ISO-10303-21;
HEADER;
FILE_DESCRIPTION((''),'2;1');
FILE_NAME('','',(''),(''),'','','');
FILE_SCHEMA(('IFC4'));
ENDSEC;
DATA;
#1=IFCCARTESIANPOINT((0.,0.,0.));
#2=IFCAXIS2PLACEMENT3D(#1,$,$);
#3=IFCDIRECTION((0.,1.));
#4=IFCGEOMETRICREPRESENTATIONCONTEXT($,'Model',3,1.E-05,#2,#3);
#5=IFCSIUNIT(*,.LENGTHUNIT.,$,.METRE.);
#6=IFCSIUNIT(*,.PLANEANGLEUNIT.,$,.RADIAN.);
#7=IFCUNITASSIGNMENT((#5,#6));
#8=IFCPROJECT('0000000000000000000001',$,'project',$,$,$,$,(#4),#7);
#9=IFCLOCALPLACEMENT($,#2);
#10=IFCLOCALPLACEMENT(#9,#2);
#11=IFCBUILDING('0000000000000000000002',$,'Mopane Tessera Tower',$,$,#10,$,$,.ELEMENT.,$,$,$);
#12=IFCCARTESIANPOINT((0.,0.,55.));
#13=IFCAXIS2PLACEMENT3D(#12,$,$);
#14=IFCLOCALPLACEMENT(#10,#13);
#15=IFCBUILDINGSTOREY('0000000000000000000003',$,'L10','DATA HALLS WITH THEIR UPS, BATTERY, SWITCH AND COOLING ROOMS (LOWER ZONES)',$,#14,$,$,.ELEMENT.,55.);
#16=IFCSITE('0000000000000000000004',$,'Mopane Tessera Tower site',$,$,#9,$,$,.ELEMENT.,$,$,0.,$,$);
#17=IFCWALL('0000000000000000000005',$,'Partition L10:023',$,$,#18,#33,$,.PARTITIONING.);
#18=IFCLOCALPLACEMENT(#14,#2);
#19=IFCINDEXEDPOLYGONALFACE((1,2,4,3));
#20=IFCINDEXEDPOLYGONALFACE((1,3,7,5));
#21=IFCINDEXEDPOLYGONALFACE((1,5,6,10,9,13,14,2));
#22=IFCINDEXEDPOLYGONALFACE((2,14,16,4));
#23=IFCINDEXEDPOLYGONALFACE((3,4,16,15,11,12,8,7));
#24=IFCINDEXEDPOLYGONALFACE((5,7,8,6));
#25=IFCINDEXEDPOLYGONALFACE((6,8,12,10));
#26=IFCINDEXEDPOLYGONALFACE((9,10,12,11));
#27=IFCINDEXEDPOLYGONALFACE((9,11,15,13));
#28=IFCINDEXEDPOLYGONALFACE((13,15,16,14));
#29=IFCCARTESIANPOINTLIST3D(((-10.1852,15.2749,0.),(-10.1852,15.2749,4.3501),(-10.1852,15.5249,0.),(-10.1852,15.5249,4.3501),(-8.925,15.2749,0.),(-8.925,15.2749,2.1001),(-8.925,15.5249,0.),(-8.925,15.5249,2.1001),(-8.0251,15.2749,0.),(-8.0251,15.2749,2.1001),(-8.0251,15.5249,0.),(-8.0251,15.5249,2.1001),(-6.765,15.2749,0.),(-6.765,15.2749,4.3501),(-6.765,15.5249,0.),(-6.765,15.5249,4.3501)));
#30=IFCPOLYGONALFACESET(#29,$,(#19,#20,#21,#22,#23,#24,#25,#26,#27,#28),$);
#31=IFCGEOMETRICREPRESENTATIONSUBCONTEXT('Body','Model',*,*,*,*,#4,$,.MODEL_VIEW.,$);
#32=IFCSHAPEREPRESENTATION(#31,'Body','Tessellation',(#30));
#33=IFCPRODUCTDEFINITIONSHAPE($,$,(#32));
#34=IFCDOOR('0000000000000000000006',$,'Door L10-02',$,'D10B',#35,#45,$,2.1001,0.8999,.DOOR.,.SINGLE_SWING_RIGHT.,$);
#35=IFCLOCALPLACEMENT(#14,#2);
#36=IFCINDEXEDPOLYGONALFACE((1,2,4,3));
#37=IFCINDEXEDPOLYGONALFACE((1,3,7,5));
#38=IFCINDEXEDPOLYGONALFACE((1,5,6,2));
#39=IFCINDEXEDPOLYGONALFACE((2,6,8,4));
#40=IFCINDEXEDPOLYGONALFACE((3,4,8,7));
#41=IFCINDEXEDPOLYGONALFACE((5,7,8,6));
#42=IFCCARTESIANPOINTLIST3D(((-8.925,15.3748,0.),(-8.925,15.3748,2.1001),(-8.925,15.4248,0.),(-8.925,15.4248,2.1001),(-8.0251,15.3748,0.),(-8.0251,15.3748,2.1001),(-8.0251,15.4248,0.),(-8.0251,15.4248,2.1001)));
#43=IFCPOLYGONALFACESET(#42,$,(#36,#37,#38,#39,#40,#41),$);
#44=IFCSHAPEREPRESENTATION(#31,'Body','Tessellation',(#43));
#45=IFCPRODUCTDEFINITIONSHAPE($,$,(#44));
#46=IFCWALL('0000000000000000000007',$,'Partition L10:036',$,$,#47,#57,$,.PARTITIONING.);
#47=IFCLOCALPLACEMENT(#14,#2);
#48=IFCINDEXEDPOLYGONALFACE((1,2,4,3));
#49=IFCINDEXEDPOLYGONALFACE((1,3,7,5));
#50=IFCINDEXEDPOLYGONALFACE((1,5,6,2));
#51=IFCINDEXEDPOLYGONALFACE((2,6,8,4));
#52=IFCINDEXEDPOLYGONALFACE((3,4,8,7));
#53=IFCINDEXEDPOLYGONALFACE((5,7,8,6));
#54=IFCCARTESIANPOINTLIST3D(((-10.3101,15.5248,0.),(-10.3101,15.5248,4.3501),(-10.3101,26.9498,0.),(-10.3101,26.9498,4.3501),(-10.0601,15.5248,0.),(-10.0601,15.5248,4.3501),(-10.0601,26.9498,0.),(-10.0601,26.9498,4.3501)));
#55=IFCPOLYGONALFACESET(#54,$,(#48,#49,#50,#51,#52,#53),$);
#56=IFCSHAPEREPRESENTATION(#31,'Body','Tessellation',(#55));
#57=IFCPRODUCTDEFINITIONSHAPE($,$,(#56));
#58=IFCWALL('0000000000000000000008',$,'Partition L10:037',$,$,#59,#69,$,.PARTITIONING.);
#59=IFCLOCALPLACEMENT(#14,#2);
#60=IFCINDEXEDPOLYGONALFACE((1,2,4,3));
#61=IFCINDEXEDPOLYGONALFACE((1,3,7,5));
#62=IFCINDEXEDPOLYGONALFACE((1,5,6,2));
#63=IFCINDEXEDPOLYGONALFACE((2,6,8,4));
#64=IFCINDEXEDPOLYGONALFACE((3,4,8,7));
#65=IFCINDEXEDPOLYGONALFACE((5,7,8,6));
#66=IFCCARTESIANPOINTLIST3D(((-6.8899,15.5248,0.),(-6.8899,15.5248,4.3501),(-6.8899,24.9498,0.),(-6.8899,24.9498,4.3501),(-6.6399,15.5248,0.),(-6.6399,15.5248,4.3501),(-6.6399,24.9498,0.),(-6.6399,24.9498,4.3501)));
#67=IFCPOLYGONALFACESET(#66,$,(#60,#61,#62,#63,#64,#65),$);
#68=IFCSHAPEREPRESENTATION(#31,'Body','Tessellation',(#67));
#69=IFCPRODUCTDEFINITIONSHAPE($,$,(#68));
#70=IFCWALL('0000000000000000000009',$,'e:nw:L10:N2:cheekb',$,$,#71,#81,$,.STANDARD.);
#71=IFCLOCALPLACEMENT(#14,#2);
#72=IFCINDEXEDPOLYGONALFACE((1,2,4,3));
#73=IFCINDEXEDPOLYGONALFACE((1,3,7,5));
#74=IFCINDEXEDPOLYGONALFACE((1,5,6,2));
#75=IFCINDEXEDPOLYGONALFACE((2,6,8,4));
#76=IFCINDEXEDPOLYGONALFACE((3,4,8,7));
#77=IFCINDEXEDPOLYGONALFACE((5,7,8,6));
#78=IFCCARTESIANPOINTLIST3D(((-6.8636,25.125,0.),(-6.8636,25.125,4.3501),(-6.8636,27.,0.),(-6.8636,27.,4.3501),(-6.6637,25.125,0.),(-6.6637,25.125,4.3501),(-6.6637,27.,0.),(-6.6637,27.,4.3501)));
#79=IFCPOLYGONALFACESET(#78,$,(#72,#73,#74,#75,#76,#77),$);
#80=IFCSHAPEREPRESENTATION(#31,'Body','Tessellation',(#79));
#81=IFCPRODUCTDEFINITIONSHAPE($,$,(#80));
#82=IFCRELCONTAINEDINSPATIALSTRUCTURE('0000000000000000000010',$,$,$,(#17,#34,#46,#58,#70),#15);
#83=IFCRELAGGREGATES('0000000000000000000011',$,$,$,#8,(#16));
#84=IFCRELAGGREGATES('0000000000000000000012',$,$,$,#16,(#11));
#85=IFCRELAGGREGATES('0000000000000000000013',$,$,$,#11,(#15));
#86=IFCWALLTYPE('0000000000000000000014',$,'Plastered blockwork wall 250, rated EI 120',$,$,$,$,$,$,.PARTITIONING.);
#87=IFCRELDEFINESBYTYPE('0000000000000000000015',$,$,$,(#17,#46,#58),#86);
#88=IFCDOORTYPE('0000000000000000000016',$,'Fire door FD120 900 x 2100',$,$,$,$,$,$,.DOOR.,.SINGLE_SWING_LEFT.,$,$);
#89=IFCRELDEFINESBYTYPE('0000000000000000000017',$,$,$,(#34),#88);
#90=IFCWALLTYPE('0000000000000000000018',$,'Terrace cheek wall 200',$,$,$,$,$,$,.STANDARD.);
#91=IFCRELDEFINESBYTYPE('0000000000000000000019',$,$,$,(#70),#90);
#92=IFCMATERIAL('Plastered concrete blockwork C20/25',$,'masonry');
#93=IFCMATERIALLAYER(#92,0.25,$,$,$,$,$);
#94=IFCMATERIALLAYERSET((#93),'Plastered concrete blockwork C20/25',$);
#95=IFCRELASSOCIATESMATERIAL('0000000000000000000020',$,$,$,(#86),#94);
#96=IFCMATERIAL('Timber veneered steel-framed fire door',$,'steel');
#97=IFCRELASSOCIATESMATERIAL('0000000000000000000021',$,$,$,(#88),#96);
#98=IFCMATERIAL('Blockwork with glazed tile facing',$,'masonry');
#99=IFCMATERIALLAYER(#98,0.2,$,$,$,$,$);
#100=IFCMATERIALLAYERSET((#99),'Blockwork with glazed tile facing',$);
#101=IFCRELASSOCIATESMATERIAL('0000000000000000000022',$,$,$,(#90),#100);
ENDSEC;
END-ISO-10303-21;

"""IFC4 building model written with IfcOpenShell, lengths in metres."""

from ifc_helpers import new_model, si_unit, direction, frame, frame_2d, origin, place, context, subcontext, project, spatial, rectangle, extrude, material, layer, layer_set, type_object, element, fill, save


model = new_model("IFC4")

# Units and contexts
model_context = context("Model", 3, precision=1e-05, world=origin(), true_north=direction((0.0, 1.0)))
body_context = subcontext(model_context, "Body", "Model", "MODEL_VIEW")
ifc_project = project(units=[si_unit("LENGTHUNIT", "METRE"), si_unit("PLANEANGLEUNIT", "RADIAN")], contexts=[model_context])

# Site, building, storey
site_placement = place(None, origin())
site = spatial("IfcSite", under=ifc_project, at=site_placement, Name="Mopane Tessera Tower site", CompositionType="ELEMENT", RefElevation=0.0)
building_placement = place(site_placement, origin())
building = spatial("IfcBuilding", under=site, at=building_placement, Name="Mopane Tessera Tower", CompositionType="ELEMENT")
storey_placement = place(building_placement, frame((0.0, 0.0, 55.0)))
storey = spatial("IfcBuildingStorey", under=building, at=storey_placement, Name="L10", Description="DATA HALLS WITH THEIR UPS, BATTERY, SWITCH AND COOLING ROOMS (LOWER ZONES)", CompositionType="ELEMENT", Elevation=55.0)

# Wall, opening, door
ifc_material_1 = material(Name="Plastered concrete blockwork C20/25", Category="masonry")
ifc_layer_1 = layer(ifc_material_1, 0.25)
ifc_layer_set_1 = layer_set([ifc_layer_1], Name="Plastered concrete blockwork C20/25")
wall_type_1 = type_object("IfcWallType", Name="Plastered blockwork wall 250, rated EI 120", PredefinedType="PARTITIONING", material=ifc_layer_set_1)
wall_1_placement = place(storey_placement, frame((-10.1851, 15.3999, 0.0), z_axis=(0.0, 0.0, 1.0), x_axis=(1.0, 0.0, 0.0)))
wall_1 = element("IfcWall", 1, at=wall_1_placement, inside=storey, type_object=wall_type_1, Name="Partition L10:023", PredefinedType="PARTITIONING", context=body_context, shape_type="SweptSolid", body=[
    extrude(rectangle(XDim=3.4202, YDim=0.25, at=frame_2d((1.71, 0.0))), origin(), (0.0, 0.0, 1.0), 4.3501),
])
opening_1_placement = place(wall_1_placement, frame((1.26, 0.0, 0.0)))
opening_1 = element("IfcOpeningElement", 2, at=opening_1_placement, cuts=wall_1, PredefinedType="OPENING", context=body_context, shape_type="SweptSolid", body=[
    extrude(rectangle(XDim=0.8999, YDim=2.1001, at=frame_2d((0.45, 1.05))), frame((0.0, 0.137, 0.0), z_axis=(0.0, -1.0, 0.0), x_axis=(1.0, 0.0, 0.0)), (0.0, 0.0, 1.0), 0.2739),
])
ifc_material_2 = material(Name="Timber veneered steel-framed fire door", Category="steel")
door_type_1 = type_object("IfcDoorType", Name="Fire door FD120 900 x 2100", OperationType="SINGLE_SWING_LEFT", PredefinedType="DOOR", material=ifc_material_2)
door_1_placement = place(opening_1_placement, origin())
door_1 = element("IfcDoor", 3, at=door_1_placement, inside=storey, type_object=door_type_1, Name="Door L10-02", ObjectType="D10B", OperationType="SINGLE_SWING_RIGHT", OverallHeight=2.1001, OverallWidth=0.8999, PredefinedType="DOOR", context=body_context, shape_type="SweptSolid", body=[
    extrude(rectangle(XDim=0.8999, YDim=2.1001, at=frame_2d((0.45, 1.05))), frame((0.0, 0.0249, 0.0), z_axis=(0.0, -1.0, 0.0), x_axis=(1.0, 0.0, 0.0)), (0.0, 0.0, 1.0), 0.05),
])
fill(opening_1, door_1)

# Walls
wall_2_placement = place(storey_placement, frame((-10.1851, 15.5249, 0.0), z_axis=(0.0, 0.0, 1.0), x_axis=(0.0, 1.0, 0.0)))
element("IfcWall", 4, at=wall_2_placement, inside=storey, type_object=wall_type_1, Name="Partition L10:036", PredefinedType="PARTITIONING", context=body_context, shape_type="SweptSolid", body=[
    extrude(rectangle(XDim=11.425, YDim=0.25, at=frame_2d((5.7124, 0.0))), origin(), (0.0, 0.0, 1.0), 4.3501),
])
wall_3_placement = place(storey_placement, frame((-6.7649, 15.5249, 0.0), z_axis=(0.0, 0.0, 1.0), x_axis=(0.0, 1.0, 0.0)))
element("IfcWall", 5, at=wall_3_placement, inside=storey, type_object=wall_type_1, Name="Partition L10:037", PredefinedType="PARTITIONING", context=body_context, shape_type="SweptSolid", body=[
    extrude(rectangle(XDim=9.425, YDim=0.25, at=frame_2d((4.7124, 0.0))), origin(), (0.0, 0.0, 1.0), 4.3501),
])
ifc_material_3 = material(Name="Blockwork with glazed tile facing", Category="masonry")
ifc_layer_2 = layer(ifc_material_3, 0.2)
ifc_layer_set_2 = layer_set([ifc_layer_2], Name="Blockwork with glazed tile facing")
wall_type_2 = type_object("IfcWallType", Name="Terrace cheek wall 200", PredefinedType="STANDARD", material=ifc_layer_set_2)
wall_4_placement = place(storey_placement, frame((-6.7637, 27.0, 0.0), z_axis=(0.0, 0.0, 1.0), x_axis=(0.0, -1.0, 0.0)))
element("IfcWall", 6, at=wall_4_placement, inside=storey, type_object=wall_type_2, Name="e:nw:L10:N2:cheekb", PredefinedType="STANDARD", context=body_context, shape_type="SweptSolid", body=[
    extrude(rectangle(XDim=1.875, YDim=0.2, at=frame_2d((0.9375, 0.0))), origin(), (0.0, 0.0, 1.0), 4.3501),
])

save(model, "model.ifc")
